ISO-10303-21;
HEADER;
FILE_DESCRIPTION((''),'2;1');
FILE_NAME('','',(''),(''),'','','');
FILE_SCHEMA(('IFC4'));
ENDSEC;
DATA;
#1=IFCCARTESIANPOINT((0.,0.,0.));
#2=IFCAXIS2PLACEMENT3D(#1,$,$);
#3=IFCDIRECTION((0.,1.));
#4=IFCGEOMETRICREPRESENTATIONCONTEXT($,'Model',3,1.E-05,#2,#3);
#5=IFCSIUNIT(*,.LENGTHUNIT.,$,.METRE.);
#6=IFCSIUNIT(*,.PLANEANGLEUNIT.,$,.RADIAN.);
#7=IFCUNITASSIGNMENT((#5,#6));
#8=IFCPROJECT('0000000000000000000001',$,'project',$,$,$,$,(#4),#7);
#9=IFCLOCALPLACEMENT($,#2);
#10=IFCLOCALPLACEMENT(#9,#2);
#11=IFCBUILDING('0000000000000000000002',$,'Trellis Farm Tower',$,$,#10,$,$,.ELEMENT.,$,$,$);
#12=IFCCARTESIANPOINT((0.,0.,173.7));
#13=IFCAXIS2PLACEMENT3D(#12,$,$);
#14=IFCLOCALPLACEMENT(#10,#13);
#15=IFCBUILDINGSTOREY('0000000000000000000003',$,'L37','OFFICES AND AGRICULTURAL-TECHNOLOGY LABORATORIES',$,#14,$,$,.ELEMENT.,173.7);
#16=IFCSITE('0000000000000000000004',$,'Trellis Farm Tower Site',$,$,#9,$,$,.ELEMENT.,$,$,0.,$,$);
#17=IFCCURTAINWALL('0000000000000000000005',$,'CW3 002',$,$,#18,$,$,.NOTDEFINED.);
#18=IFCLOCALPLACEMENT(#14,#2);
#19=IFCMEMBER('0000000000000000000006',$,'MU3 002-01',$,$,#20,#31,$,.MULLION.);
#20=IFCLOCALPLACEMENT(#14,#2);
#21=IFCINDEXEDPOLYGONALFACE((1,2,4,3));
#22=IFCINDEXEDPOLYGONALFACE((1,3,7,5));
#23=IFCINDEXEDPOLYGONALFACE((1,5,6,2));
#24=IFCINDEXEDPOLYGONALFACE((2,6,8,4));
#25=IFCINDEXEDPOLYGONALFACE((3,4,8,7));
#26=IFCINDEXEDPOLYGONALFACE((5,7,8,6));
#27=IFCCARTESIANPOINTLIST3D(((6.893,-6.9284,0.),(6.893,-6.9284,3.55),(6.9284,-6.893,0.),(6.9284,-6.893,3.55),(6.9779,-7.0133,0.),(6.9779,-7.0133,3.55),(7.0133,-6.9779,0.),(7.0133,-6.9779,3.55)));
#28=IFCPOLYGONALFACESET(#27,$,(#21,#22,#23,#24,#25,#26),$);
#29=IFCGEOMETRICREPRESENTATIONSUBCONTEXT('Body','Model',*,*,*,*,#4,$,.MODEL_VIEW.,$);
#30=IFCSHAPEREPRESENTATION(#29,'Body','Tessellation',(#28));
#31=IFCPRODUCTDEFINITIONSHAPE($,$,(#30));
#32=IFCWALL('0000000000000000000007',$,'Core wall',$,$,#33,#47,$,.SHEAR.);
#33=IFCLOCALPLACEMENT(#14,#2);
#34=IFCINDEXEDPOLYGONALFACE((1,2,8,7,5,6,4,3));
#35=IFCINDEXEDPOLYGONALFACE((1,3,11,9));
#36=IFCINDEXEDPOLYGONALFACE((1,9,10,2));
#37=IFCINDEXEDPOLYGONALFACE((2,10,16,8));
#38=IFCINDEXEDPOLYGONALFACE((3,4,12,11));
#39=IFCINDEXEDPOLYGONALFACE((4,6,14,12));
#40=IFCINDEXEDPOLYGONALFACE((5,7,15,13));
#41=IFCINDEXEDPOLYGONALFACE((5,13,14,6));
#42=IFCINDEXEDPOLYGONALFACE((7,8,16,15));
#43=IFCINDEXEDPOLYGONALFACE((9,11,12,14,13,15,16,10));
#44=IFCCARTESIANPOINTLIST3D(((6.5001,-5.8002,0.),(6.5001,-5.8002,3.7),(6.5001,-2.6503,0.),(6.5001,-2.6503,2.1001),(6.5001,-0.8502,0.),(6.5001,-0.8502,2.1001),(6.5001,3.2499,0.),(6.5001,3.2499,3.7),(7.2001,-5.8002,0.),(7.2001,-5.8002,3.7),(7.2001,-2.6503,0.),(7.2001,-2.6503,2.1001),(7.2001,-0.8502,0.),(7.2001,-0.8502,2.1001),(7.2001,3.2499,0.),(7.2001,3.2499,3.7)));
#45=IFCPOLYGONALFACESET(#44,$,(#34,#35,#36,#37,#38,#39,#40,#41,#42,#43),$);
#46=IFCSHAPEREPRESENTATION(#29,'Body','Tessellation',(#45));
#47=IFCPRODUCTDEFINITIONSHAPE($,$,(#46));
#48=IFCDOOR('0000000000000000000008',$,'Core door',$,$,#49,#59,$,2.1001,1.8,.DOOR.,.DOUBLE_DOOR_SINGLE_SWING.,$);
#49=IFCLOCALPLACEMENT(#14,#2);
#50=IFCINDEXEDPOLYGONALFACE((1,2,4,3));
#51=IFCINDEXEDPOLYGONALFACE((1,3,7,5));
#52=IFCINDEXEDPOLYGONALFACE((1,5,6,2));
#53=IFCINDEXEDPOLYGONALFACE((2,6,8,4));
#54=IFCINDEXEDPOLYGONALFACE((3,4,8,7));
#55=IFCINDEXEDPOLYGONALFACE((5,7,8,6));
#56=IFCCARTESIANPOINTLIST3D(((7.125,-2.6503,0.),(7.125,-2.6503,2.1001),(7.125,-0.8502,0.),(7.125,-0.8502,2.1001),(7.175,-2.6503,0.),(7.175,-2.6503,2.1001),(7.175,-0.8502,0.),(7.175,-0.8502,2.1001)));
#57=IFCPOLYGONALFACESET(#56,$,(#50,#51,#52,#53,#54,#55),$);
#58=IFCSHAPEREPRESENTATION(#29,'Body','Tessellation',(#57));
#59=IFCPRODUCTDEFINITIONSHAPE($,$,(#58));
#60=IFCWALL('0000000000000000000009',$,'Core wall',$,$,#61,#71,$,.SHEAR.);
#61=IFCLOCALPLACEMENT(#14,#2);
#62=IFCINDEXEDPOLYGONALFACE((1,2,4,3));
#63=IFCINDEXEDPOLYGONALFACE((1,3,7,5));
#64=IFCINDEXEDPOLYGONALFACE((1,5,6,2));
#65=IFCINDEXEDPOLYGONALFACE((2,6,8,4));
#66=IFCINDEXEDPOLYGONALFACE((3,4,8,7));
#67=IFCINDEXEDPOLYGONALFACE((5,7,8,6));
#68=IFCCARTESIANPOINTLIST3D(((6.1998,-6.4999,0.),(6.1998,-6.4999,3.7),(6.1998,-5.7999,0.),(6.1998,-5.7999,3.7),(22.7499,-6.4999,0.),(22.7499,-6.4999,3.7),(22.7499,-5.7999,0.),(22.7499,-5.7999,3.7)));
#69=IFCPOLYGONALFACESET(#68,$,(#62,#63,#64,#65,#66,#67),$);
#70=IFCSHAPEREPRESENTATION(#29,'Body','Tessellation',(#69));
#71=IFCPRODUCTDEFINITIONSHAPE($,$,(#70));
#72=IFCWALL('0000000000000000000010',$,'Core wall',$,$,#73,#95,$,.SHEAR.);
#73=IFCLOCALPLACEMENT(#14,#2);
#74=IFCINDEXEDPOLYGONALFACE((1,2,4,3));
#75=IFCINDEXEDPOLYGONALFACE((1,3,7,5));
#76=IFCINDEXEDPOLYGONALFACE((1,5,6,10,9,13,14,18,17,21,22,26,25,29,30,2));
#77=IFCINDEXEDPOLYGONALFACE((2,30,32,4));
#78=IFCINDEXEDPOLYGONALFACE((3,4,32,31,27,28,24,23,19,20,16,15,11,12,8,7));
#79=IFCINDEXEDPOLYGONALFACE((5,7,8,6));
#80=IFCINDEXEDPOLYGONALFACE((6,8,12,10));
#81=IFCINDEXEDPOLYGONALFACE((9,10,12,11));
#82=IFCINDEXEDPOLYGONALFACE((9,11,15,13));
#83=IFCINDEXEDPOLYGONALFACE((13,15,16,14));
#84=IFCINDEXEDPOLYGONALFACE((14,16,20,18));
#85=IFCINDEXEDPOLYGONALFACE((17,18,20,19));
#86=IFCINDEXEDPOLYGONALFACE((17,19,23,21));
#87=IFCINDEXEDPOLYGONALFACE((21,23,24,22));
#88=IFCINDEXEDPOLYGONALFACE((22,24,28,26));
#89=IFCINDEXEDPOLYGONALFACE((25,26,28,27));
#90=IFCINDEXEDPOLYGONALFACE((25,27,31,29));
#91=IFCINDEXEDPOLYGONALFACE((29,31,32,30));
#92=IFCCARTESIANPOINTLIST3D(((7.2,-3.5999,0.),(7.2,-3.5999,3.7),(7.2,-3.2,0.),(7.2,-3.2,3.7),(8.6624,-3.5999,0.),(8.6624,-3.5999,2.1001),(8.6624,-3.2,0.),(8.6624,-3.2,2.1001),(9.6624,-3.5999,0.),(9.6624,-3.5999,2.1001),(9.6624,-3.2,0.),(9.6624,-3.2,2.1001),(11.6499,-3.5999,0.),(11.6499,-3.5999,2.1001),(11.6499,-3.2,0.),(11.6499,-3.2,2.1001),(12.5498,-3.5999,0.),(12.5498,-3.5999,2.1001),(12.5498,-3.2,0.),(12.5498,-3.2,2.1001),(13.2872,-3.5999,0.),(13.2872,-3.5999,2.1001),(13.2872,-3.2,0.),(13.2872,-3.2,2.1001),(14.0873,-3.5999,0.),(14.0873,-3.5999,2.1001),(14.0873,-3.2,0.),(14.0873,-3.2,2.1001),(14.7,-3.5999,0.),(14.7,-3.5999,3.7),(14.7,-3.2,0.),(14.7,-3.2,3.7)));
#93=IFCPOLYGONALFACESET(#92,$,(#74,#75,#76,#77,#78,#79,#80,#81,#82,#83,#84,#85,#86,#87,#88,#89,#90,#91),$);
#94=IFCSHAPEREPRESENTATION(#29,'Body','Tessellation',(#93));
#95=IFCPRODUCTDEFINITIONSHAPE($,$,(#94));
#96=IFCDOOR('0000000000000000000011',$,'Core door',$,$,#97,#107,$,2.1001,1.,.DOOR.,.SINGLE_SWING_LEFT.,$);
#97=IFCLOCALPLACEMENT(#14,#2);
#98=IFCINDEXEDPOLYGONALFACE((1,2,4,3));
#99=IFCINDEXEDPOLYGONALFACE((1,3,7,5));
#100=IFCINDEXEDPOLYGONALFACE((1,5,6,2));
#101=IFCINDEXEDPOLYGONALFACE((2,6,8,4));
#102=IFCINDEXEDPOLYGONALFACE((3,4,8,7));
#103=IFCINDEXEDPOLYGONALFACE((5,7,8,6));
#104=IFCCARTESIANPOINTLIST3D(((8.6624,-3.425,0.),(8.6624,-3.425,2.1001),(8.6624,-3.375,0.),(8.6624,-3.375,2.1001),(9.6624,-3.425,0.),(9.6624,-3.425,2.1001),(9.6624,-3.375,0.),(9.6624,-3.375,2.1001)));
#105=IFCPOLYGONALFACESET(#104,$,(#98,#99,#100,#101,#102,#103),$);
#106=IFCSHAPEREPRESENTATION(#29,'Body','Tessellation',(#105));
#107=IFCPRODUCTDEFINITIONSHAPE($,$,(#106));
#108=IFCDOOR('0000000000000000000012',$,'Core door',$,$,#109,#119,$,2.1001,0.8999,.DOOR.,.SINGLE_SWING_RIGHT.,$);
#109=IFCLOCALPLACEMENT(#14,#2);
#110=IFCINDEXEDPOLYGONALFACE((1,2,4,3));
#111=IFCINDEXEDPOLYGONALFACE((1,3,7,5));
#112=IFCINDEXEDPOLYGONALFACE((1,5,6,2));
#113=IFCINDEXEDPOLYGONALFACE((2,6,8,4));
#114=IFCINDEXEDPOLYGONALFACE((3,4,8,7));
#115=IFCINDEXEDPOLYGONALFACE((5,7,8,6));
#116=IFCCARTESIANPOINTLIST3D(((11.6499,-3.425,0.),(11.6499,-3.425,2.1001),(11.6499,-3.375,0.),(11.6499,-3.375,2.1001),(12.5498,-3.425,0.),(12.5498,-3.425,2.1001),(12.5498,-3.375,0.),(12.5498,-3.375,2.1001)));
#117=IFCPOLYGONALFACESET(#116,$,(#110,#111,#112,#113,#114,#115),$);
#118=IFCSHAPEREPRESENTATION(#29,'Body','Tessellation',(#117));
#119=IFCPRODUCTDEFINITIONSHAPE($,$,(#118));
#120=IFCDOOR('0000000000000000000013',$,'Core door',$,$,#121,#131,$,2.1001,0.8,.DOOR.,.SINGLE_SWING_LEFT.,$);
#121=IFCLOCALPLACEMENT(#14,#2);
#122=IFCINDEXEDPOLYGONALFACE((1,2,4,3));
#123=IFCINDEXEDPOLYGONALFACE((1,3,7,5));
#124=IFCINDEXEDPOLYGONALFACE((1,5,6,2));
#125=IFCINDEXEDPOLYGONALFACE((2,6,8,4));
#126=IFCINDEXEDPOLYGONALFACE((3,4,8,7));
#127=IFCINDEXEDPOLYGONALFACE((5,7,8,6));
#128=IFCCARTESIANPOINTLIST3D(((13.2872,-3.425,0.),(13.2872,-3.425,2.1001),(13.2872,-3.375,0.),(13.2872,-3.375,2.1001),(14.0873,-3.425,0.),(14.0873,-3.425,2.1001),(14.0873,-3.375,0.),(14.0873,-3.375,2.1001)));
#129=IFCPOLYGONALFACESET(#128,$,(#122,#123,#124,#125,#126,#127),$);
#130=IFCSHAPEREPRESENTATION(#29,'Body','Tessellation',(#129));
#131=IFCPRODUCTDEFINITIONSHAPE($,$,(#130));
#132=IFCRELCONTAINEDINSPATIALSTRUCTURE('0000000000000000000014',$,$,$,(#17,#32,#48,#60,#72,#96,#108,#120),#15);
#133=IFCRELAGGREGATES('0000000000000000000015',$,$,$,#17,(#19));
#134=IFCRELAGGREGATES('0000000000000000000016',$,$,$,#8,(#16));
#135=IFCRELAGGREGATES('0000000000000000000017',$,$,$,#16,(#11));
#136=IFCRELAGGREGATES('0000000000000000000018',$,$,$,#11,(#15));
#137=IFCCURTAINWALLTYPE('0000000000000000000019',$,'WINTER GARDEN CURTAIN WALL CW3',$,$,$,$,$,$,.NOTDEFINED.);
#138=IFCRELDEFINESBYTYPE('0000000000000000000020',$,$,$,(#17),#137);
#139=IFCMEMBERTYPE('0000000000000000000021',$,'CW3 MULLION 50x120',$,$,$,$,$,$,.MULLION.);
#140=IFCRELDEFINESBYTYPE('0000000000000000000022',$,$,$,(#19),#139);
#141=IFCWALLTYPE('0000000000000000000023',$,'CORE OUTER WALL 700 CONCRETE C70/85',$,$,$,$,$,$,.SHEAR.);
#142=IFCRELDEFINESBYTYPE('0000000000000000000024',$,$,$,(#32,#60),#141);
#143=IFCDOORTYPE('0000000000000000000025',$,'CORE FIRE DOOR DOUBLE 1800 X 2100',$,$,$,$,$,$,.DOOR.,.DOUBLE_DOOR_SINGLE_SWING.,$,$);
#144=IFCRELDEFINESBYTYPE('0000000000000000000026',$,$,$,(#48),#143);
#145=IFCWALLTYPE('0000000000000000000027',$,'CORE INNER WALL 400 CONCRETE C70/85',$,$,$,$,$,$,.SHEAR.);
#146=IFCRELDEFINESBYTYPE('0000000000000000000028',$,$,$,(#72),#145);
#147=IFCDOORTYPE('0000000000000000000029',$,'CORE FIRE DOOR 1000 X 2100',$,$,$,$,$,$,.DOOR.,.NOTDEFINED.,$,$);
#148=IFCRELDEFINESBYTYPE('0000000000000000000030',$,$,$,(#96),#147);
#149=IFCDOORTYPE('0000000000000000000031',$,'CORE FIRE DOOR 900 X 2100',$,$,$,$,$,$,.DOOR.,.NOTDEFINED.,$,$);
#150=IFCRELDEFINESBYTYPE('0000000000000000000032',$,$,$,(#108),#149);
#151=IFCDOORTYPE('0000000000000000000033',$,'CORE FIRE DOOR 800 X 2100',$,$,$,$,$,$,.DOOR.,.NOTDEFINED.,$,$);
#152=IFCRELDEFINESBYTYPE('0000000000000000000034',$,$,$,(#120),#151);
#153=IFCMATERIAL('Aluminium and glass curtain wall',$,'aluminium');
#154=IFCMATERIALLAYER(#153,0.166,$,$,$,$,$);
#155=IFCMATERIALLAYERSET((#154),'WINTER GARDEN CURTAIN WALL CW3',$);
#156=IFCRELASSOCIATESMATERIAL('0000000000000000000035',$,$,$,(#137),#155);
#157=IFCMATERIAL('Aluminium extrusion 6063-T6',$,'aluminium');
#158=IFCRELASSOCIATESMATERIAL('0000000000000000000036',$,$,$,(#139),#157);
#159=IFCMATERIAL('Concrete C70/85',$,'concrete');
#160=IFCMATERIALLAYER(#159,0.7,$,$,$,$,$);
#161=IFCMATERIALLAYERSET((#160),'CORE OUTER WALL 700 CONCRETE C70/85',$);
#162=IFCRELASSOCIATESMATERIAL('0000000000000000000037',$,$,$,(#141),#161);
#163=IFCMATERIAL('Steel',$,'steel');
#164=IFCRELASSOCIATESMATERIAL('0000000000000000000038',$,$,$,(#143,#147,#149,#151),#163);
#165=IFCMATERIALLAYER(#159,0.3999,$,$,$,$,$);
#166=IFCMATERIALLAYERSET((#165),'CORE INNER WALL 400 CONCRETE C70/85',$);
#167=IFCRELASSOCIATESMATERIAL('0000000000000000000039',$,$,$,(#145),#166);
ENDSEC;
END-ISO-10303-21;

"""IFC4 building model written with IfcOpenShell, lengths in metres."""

from ifc_helpers import new_model, si_unit, direction, frame, frame_2d, origin, origin_2d, place, context, subcontext, project, spatial, rectangle, extrude, source, transform, mapped, material, layer, layer_set, material_profile, profile_set, type_object, element, fill, aggregate, save


model = new_model("IFC4")

# Units and contexts
model_context = context("Model", 3, precision=1e-05, world=origin(), true_north=direction((0.0, 1.0)))
body_context = subcontext(model_context, "Body", "Model", "MODEL_VIEW")
ifc_project = project(units=[si_unit("LENGTHUNIT", "METRE"), si_unit("PLANEANGLEUNIT", "RADIAN")], contexts=[model_context])

# Site, building, storey
site_placement = place(None, origin())
site = spatial("IfcSite", under=ifc_project, at=site_placement, Name="Trellis Farm Tower Site", CompositionType="ELEMENT", RefElevation=0.0)
building_placement = place(site_placement, origin())
building = spatial("IfcBuilding", under=site, at=building_placement, Name="Trellis Farm Tower", CompositionType="ELEMENT")
storey_placement = place(building_placement, frame((0.0, 0.0, 173.7)))
storey = spatial("IfcBuildingStorey", under=building, at=storey_placement, Name="L37", Description="OFFICES AND AGRICULTURAL-TECHNOLOGY LABORATORIES", CompositionType="ELEMENT", Elevation=173.7)

# Shared definitions
ifc_material_1 = material(Name="Concrete C70/85", Category="concrete")

# Shared definitions
ifc_material_2 = material(Name="Aluminium and glass curtain wall", Category="aluminium")
placement = place(storey_placement, origin())
ifc_material_3 = material(Name="Aluminium extrusion 6063-T6", Category="aluminium")

# Curtain wall, member
ifc_layer_1 = layer(ifc_material_2, 0.166)
ifc_layer_set_1 = layer_set([ifc_layer_1], Name="WINTER GARDEN CURTAIN WALL CW3")
curtain_wall_type_1 = type_object("IfcCurtainWallType", Name="WINTER GARDEN CURTAIN WALL CW3", PredefinedType="NOTDEFINED", material=ifc_layer_set_1)
curtain_wall_1 = element("IfcCurtainWall", 1, at=placement, inside=storey, type_object=curtain_wall_type_1, Name="CW3 002", PredefinedType="NOTDEFINED")
ifc_material_profile_1 = material_profile(ifc_material_3, rectangle(XDim=0.05, YDim=0.1201, at=origin_2d()), Name="MULLION 50x120")
ifc_profile_set_1 = profile_set([ifc_material_profile_1], Name="Aluminium extrusion 6063-T6")
member_type_1 = type_object("IfcMemberType", Name="CW3 MULLION 50x120", PredefinedType="MULLION", material=ifc_profile_set_1)
shared_shape_1 = source(origin(), body_context, "Body", "SweptSolid", [
    extrude(rectangle(XDim=0.05, YDim=0.1201, at=origin_2d()), origin(), (0.0, 0.0, 1.0), 3.55),
])
member_1_placement = place(storey_placement, frame((6.9531, -6.9531, 0.0), z_axis=(0.0, 0.0, 1.0), x_axis=(0.707107, 0.707107, 0.0)))
member_1 = element("IfcMember", 2, at=member_1_placement, type_object=member_type_1, Name="MU3 002-01", PredefinedType="MULLION", context=body_context, shape_type="MappedRepresentation", body=[
    mapped(shared_shape_1, transform((0.0, 0.0, 0.0))),
])
aggregate(curtain_wall_1, [member_1])

# Wall, opening, door
ifc_layer_2 = layer(ifc_material_1, 0.7)
ifc_layer_set_2 = layer_set([ifc_layer_2], Name="CORE OUTER WALL 700 CONCRETE C70/85")
wall_type_1 = type_object("IfcWallType", Name="CORE OUTER WALL 700 CONCRETE C70/85", PredefinedType="SHEAR", material=ifc_layer_set_2)
shared_shape_2 = source(origin(), body_context, "Body", "SweptSolid", [
    extrude(rectangle(XDim=9.05, YDim=0.7, at=frame_2d((4.5249, 0.0))), origin(), (0.0, 0.0, 1.0), 3.7),
])
wall_1_placement = place(storey_placement, frame((6.8501, -5.8, 0.0), z_axis=(0.0, 0.0, 1.0), x_axis=(0.0, 1.0, 0.0)))
wall_1 = element("IfcWall", 3, at=wall_1_placement, inside=storey, type_object=wall_type_1, Name="Core wall", PredefinedType="SHEAR", context=body_context, shape_type="MappedRepresentation", body=[
    mapped(shared_shape_2, transform((0.0, 0.0, 0.0))),
])
shared_shape_3 = source(origin(), body_context, "Body", "SweptSolid", [
    extrude(rectangle(XDim=1.8, YDim=2.1001, at=frame_2d((0.8999, 1.05))), frame((0.0, 0.3601, 0.0), z_axis=(0.0, -1.0, 0.0), x_axis=(1.0, 0.0, 0.0)), (0.0, 0.0, 1.0), 0.7202),
])
opening_1_placement = place(wall_1_placement, frame((3.1499, 0.0, 0.0)))
opening_1 = element("IfcOpeningElement", 4, at=opening_1_placement, cuts=wall_1, PredefinedType="OPENING", context=body_context, shape_type="MappedRepresentation", body=[
    mapped(shared_shape_3, transform((0.0, 0.0, 0.0))),
])
ifc_material_4 = material(Name="Steel", Category="steel")
door_type_1 = type_object("IfcDoorType", Name="CORE FIRE DOOR DOUBLE 1800 X 2100", OperationType="DOUBLE_DOOR_SINGLE_SWING", PredefinedType="DOOR", material=ifc_material_4)
shared_shape_4 = source(origin(), body_context, "Body", "SweptSolid", [
    extrude(rectangle(XDim=1.8, YDim=2.1001, at=frame_2d((0.8999, 1.05))), frame((0.0, -0.2749, 0.0), z_axis=(0.0, -1.0, 0.0), x_axis=(1.0, 0.0, 0.0)), (0.0, 0.0, 1.0), 0.05),
])
door_1_placement = place(opening_1_placement, origin())
door_1 = element("IfcDoor", 5, at=door_1_placement, inside=storey, type_object=door_type_1, Name="Core door", OperationType="DOUBLE_DOOR_SINGLE_SWING", OverallHeight=2.1001, OverallWidth=1.8, PredefinedType="DOOR", context=body_context, shape_type="MappedRepresentation", body=[
    mapped(shared_shape_4, transform((0.0, 0.0, 0.0))),
])
fill(opening_1, door_1)

# Wall
shared_shape_5 = source(origin(), body_context, "Body", "SweptSolid", [
    extrude(rectangle(XDim=16.55, YDim=0.7, at=frame_2d((8.2749, 0.0))), origin(), (0.0, 0.0, 1.0), 3.7),
])
wall_2_placement = place(storey_placement, frame((6.2, -6.1499, 0.0), z_axis=(0.0, 0.0, 1.0), x_axis=(1.0, 0.0, 0.0)))
element("IfcWall", 6, at=wall_2_placement, inside=storey, type_object=wall_type_1, Name="Core wall", PredefinedType="SHEAR", context=body_context, shape_type="MappedRepresentation", body=[
    mapped(shared_shape_5, transform((0.0, 0.0, 0.0))),
])

# Wall, openings, doors
ifc_layer_3 = layer(ifc_material_1, 0.3999)
ifc_layer_set_3 = layer_set([ifc_layer_3], Name="CORE INNER WALL 400 CONCRETE C70/85")
wall_type_2 = type_object("IfcWallType", Name="CORE INNER WALL 400 CONCRETE C70/85", PredefinedType="SHEAR", material=ifc_layer_set_3)
shared_shape_6 = source(origin(), body_context, "Body", "SweptSolid", [
    extrude(rectangle(XDim=7.5, YDim=0.3999, at=frame_2d((3.75, 0.0))), origin(), (0.0, 0.0, 1.0), 3.7),
])
wall_3_placement = place(storey_placement, frame((7.2, -3.3999, 0.0), z_axis=(0.0, 0.0, 1.0), x_axis=(1.0, 0.0, 0.0)))
wall_3 = element("IfcWall", 7, at=wall_3_placement, inside=storey, type_object=wall_type_2, Name="Core wall", PredefinedType="SHEAR", context=body_context, shape_type="MappedRepresentation", body=[
    mapped(shared_shape_6, transform((0.0, 0.0, 0.0))),
])
shared_shape_7 = source(origin(), body_context, "Body", "SweptSolid", [
    extrude(rectangle(XDim=1.0, YDim=2.1001, at=frame_2d((0.5, 1.05))), frame((0.0, 0.21, 0.0), z_axis=(0.0, -1.0, 0.0), x_axis=(1.0, 0.0, 0.0)), (0.0, 0.0, 1.0), 0.4199),
])
opening_2_placement = place(wall_3_placement, frame((1.4624, 0.0, 0.0)))
opening_2 = element("IfcOpeningElement", 8, at=opening_2_placement, cuts=wall_3, PredefinedType="OPENING", context=body_context, shape_type="MappedRepresentation", body=[
    mapped(shared_shape_7, transform((0.0, 0.0, 0.0))),
])
shared_shape_8 = source(origin(), body_context, "Body", "SweptSolid", [
    extrude(rectangle(XDim=0.8999, YDim=2.1001, at=frame_2d((0.45, 1.05))), frame((0.0, 0.21, 0.0), z_axis=(0.0, -1.0, 0.0), x_axis=(1.0, 0.0, 0.0)), (0.0, 0.0, 1.0), 0.4199),
])
opening_3_placement = place(wall_3_placement, frame((4.45, 0.0, 0.0)))
opening_3 = element("IfcOpeningElement", 9, at=opening_3_placement, cuts=wall_3, PredefinedType="OPENING", context=body_context, shape_type="MappedRepresentation", body=[
    mapped(shared_shape_8, transform((0.0, 0.0, 0.0))),
])
shared_shape_9 = source(origin(), body_context, "Body", "SweptSolid", [
    extrude(rectangle(XDim=0.8, YDim=2.1001, at=frame_2d((0.3999, 1.05))), frame((0.0, 0.21, 0.0), z_axis=(0.0, -1.0, 0.0), x_axis=(1.0, 0.0, 0.0)), (0.0, 0.0, 1.0), 0.4199),
])
opening_4_placement = place(wall_3_placement, frame((6.0874, 0.0, 0.0)))
opening_4 = element("IfcOpeningElement", 10, at=opening_4_placement, cuts=wall_3, PredefinedType="OPENING", context=body_context, shape_type="MappedRepresentation", body=[
    mapped(shared_shape_9, transform((0.0, 0.0, 0.0))),
])
door_type_2 = type_object("IfcDoorType", Name="CORE FIRE DOOR 1000 X 2100", OperationType="NOTDEFINED", PredefinedType="DOOR", material=ifc_material_4)
shared_shape_10 = source(origin(), body_context, "Body", "SweptSolid", [
    extrude(rectangle(XDim=1.0, YDim=2.1001, at=frame_2d((0.5, 1.05))), frame((0.0, 0.0249, 0.0), z_axis=(0.0, -1.0, 0.0), x_axis=(1.0, 0.0, 0.0)), (0.0, 0.0, 1.0), 0.05),
])
door_2_placement = place(opening_2_placement, origin())
door_2 = element("IfcDoor", 11, at=door_2_placement, inside=storey, type_object=door_type_2, Name="Core door", OperationType="SINGLE_SWING_LEFT", OverallHeight=2.1001, OverallWidth=1.0, PredefinedType="DOOR", context=body_context, shape_type="MappedRepresentation", body=[
    mapped(shared_shape_10, transform((0.0, 0.0, 0.0))),
])
fill(opening_2, door_2)
door_type_3 = type_object("IfcDoorType", Name="CORE FIRE DOOR 900 X 2100", OperationType="NOTDEFINED", PredefinedType="DOOR", material=ifc_material_4)
shared_shape_11 = source(origin(), body_context, "Body", "SweptSolid", [
    extrude(rectangle(XDim=0.8999, YDim=2.1001, at=frame_2d((0.45, 1.05))), frame((0.0, 0.0249, 0.0), z_axis=(0.0, -1.0, 0.0), x_axis=(1.0, 0.0, 0.0)), (0.0, 0.0, 1.0), 0.05),
])
door_3_placement = place(opening_3_placement, origin())
door_3 = element("IfcDoor", 12, at=door_3_placement, inside=storey, type_object=door_type_3, Name="Core door", OperationType="SINGLE_SWING_RIGHT", OverallHeight=2.1001, OverallWidth=0.8999, PredefinedType="DOOR", context=body_context, shape_type="MappedRepresentation", body=[
    mapped(shared_shape_11, transform((0.0, 0.0, 0.0))),
])
fill(opening_3, door_3)
door_type_4 = type_object("IfcDoorType", Name="CORE FIRE DOOR 800 X 2100", OperationType="NOTDEFINED", PredefinedType="DOOR", material=ifc_material_4)
shared_shape_12 = source(origin(), body_context, "Body", "SweptSolid", [
    extrude(rectangle(XDim=0.8, YDim=2.1001, at=frame_2d((0.3999, 1.05))), frame((0.0, 0.0249, 0.0), z_axis=(0.0, -1.0, 0.0), x_axis=(1.0, 0.0, 0.0)), (0.0, 0.0, 1.0), 0.05),
])
door_4_placement = place(opening_4_placement, origin())
door_4 = element("IfcDoor", 13, at=door_4_placement, inside=storey, type_object=door_type_4, Name="Core door", OperationType="SINGLE_SWING_LEFT", OverallHeight=2.1001, OverallWidth=0.8, PredefinedType="DOOR", context=body_context, shape_type="MappedRepresentation", body=[
    mapped(shared_shape_12, transform((0.0, 0.0, 0.0))),
])
fill(opening_4, door_4)

save(model, "model.ifc")
